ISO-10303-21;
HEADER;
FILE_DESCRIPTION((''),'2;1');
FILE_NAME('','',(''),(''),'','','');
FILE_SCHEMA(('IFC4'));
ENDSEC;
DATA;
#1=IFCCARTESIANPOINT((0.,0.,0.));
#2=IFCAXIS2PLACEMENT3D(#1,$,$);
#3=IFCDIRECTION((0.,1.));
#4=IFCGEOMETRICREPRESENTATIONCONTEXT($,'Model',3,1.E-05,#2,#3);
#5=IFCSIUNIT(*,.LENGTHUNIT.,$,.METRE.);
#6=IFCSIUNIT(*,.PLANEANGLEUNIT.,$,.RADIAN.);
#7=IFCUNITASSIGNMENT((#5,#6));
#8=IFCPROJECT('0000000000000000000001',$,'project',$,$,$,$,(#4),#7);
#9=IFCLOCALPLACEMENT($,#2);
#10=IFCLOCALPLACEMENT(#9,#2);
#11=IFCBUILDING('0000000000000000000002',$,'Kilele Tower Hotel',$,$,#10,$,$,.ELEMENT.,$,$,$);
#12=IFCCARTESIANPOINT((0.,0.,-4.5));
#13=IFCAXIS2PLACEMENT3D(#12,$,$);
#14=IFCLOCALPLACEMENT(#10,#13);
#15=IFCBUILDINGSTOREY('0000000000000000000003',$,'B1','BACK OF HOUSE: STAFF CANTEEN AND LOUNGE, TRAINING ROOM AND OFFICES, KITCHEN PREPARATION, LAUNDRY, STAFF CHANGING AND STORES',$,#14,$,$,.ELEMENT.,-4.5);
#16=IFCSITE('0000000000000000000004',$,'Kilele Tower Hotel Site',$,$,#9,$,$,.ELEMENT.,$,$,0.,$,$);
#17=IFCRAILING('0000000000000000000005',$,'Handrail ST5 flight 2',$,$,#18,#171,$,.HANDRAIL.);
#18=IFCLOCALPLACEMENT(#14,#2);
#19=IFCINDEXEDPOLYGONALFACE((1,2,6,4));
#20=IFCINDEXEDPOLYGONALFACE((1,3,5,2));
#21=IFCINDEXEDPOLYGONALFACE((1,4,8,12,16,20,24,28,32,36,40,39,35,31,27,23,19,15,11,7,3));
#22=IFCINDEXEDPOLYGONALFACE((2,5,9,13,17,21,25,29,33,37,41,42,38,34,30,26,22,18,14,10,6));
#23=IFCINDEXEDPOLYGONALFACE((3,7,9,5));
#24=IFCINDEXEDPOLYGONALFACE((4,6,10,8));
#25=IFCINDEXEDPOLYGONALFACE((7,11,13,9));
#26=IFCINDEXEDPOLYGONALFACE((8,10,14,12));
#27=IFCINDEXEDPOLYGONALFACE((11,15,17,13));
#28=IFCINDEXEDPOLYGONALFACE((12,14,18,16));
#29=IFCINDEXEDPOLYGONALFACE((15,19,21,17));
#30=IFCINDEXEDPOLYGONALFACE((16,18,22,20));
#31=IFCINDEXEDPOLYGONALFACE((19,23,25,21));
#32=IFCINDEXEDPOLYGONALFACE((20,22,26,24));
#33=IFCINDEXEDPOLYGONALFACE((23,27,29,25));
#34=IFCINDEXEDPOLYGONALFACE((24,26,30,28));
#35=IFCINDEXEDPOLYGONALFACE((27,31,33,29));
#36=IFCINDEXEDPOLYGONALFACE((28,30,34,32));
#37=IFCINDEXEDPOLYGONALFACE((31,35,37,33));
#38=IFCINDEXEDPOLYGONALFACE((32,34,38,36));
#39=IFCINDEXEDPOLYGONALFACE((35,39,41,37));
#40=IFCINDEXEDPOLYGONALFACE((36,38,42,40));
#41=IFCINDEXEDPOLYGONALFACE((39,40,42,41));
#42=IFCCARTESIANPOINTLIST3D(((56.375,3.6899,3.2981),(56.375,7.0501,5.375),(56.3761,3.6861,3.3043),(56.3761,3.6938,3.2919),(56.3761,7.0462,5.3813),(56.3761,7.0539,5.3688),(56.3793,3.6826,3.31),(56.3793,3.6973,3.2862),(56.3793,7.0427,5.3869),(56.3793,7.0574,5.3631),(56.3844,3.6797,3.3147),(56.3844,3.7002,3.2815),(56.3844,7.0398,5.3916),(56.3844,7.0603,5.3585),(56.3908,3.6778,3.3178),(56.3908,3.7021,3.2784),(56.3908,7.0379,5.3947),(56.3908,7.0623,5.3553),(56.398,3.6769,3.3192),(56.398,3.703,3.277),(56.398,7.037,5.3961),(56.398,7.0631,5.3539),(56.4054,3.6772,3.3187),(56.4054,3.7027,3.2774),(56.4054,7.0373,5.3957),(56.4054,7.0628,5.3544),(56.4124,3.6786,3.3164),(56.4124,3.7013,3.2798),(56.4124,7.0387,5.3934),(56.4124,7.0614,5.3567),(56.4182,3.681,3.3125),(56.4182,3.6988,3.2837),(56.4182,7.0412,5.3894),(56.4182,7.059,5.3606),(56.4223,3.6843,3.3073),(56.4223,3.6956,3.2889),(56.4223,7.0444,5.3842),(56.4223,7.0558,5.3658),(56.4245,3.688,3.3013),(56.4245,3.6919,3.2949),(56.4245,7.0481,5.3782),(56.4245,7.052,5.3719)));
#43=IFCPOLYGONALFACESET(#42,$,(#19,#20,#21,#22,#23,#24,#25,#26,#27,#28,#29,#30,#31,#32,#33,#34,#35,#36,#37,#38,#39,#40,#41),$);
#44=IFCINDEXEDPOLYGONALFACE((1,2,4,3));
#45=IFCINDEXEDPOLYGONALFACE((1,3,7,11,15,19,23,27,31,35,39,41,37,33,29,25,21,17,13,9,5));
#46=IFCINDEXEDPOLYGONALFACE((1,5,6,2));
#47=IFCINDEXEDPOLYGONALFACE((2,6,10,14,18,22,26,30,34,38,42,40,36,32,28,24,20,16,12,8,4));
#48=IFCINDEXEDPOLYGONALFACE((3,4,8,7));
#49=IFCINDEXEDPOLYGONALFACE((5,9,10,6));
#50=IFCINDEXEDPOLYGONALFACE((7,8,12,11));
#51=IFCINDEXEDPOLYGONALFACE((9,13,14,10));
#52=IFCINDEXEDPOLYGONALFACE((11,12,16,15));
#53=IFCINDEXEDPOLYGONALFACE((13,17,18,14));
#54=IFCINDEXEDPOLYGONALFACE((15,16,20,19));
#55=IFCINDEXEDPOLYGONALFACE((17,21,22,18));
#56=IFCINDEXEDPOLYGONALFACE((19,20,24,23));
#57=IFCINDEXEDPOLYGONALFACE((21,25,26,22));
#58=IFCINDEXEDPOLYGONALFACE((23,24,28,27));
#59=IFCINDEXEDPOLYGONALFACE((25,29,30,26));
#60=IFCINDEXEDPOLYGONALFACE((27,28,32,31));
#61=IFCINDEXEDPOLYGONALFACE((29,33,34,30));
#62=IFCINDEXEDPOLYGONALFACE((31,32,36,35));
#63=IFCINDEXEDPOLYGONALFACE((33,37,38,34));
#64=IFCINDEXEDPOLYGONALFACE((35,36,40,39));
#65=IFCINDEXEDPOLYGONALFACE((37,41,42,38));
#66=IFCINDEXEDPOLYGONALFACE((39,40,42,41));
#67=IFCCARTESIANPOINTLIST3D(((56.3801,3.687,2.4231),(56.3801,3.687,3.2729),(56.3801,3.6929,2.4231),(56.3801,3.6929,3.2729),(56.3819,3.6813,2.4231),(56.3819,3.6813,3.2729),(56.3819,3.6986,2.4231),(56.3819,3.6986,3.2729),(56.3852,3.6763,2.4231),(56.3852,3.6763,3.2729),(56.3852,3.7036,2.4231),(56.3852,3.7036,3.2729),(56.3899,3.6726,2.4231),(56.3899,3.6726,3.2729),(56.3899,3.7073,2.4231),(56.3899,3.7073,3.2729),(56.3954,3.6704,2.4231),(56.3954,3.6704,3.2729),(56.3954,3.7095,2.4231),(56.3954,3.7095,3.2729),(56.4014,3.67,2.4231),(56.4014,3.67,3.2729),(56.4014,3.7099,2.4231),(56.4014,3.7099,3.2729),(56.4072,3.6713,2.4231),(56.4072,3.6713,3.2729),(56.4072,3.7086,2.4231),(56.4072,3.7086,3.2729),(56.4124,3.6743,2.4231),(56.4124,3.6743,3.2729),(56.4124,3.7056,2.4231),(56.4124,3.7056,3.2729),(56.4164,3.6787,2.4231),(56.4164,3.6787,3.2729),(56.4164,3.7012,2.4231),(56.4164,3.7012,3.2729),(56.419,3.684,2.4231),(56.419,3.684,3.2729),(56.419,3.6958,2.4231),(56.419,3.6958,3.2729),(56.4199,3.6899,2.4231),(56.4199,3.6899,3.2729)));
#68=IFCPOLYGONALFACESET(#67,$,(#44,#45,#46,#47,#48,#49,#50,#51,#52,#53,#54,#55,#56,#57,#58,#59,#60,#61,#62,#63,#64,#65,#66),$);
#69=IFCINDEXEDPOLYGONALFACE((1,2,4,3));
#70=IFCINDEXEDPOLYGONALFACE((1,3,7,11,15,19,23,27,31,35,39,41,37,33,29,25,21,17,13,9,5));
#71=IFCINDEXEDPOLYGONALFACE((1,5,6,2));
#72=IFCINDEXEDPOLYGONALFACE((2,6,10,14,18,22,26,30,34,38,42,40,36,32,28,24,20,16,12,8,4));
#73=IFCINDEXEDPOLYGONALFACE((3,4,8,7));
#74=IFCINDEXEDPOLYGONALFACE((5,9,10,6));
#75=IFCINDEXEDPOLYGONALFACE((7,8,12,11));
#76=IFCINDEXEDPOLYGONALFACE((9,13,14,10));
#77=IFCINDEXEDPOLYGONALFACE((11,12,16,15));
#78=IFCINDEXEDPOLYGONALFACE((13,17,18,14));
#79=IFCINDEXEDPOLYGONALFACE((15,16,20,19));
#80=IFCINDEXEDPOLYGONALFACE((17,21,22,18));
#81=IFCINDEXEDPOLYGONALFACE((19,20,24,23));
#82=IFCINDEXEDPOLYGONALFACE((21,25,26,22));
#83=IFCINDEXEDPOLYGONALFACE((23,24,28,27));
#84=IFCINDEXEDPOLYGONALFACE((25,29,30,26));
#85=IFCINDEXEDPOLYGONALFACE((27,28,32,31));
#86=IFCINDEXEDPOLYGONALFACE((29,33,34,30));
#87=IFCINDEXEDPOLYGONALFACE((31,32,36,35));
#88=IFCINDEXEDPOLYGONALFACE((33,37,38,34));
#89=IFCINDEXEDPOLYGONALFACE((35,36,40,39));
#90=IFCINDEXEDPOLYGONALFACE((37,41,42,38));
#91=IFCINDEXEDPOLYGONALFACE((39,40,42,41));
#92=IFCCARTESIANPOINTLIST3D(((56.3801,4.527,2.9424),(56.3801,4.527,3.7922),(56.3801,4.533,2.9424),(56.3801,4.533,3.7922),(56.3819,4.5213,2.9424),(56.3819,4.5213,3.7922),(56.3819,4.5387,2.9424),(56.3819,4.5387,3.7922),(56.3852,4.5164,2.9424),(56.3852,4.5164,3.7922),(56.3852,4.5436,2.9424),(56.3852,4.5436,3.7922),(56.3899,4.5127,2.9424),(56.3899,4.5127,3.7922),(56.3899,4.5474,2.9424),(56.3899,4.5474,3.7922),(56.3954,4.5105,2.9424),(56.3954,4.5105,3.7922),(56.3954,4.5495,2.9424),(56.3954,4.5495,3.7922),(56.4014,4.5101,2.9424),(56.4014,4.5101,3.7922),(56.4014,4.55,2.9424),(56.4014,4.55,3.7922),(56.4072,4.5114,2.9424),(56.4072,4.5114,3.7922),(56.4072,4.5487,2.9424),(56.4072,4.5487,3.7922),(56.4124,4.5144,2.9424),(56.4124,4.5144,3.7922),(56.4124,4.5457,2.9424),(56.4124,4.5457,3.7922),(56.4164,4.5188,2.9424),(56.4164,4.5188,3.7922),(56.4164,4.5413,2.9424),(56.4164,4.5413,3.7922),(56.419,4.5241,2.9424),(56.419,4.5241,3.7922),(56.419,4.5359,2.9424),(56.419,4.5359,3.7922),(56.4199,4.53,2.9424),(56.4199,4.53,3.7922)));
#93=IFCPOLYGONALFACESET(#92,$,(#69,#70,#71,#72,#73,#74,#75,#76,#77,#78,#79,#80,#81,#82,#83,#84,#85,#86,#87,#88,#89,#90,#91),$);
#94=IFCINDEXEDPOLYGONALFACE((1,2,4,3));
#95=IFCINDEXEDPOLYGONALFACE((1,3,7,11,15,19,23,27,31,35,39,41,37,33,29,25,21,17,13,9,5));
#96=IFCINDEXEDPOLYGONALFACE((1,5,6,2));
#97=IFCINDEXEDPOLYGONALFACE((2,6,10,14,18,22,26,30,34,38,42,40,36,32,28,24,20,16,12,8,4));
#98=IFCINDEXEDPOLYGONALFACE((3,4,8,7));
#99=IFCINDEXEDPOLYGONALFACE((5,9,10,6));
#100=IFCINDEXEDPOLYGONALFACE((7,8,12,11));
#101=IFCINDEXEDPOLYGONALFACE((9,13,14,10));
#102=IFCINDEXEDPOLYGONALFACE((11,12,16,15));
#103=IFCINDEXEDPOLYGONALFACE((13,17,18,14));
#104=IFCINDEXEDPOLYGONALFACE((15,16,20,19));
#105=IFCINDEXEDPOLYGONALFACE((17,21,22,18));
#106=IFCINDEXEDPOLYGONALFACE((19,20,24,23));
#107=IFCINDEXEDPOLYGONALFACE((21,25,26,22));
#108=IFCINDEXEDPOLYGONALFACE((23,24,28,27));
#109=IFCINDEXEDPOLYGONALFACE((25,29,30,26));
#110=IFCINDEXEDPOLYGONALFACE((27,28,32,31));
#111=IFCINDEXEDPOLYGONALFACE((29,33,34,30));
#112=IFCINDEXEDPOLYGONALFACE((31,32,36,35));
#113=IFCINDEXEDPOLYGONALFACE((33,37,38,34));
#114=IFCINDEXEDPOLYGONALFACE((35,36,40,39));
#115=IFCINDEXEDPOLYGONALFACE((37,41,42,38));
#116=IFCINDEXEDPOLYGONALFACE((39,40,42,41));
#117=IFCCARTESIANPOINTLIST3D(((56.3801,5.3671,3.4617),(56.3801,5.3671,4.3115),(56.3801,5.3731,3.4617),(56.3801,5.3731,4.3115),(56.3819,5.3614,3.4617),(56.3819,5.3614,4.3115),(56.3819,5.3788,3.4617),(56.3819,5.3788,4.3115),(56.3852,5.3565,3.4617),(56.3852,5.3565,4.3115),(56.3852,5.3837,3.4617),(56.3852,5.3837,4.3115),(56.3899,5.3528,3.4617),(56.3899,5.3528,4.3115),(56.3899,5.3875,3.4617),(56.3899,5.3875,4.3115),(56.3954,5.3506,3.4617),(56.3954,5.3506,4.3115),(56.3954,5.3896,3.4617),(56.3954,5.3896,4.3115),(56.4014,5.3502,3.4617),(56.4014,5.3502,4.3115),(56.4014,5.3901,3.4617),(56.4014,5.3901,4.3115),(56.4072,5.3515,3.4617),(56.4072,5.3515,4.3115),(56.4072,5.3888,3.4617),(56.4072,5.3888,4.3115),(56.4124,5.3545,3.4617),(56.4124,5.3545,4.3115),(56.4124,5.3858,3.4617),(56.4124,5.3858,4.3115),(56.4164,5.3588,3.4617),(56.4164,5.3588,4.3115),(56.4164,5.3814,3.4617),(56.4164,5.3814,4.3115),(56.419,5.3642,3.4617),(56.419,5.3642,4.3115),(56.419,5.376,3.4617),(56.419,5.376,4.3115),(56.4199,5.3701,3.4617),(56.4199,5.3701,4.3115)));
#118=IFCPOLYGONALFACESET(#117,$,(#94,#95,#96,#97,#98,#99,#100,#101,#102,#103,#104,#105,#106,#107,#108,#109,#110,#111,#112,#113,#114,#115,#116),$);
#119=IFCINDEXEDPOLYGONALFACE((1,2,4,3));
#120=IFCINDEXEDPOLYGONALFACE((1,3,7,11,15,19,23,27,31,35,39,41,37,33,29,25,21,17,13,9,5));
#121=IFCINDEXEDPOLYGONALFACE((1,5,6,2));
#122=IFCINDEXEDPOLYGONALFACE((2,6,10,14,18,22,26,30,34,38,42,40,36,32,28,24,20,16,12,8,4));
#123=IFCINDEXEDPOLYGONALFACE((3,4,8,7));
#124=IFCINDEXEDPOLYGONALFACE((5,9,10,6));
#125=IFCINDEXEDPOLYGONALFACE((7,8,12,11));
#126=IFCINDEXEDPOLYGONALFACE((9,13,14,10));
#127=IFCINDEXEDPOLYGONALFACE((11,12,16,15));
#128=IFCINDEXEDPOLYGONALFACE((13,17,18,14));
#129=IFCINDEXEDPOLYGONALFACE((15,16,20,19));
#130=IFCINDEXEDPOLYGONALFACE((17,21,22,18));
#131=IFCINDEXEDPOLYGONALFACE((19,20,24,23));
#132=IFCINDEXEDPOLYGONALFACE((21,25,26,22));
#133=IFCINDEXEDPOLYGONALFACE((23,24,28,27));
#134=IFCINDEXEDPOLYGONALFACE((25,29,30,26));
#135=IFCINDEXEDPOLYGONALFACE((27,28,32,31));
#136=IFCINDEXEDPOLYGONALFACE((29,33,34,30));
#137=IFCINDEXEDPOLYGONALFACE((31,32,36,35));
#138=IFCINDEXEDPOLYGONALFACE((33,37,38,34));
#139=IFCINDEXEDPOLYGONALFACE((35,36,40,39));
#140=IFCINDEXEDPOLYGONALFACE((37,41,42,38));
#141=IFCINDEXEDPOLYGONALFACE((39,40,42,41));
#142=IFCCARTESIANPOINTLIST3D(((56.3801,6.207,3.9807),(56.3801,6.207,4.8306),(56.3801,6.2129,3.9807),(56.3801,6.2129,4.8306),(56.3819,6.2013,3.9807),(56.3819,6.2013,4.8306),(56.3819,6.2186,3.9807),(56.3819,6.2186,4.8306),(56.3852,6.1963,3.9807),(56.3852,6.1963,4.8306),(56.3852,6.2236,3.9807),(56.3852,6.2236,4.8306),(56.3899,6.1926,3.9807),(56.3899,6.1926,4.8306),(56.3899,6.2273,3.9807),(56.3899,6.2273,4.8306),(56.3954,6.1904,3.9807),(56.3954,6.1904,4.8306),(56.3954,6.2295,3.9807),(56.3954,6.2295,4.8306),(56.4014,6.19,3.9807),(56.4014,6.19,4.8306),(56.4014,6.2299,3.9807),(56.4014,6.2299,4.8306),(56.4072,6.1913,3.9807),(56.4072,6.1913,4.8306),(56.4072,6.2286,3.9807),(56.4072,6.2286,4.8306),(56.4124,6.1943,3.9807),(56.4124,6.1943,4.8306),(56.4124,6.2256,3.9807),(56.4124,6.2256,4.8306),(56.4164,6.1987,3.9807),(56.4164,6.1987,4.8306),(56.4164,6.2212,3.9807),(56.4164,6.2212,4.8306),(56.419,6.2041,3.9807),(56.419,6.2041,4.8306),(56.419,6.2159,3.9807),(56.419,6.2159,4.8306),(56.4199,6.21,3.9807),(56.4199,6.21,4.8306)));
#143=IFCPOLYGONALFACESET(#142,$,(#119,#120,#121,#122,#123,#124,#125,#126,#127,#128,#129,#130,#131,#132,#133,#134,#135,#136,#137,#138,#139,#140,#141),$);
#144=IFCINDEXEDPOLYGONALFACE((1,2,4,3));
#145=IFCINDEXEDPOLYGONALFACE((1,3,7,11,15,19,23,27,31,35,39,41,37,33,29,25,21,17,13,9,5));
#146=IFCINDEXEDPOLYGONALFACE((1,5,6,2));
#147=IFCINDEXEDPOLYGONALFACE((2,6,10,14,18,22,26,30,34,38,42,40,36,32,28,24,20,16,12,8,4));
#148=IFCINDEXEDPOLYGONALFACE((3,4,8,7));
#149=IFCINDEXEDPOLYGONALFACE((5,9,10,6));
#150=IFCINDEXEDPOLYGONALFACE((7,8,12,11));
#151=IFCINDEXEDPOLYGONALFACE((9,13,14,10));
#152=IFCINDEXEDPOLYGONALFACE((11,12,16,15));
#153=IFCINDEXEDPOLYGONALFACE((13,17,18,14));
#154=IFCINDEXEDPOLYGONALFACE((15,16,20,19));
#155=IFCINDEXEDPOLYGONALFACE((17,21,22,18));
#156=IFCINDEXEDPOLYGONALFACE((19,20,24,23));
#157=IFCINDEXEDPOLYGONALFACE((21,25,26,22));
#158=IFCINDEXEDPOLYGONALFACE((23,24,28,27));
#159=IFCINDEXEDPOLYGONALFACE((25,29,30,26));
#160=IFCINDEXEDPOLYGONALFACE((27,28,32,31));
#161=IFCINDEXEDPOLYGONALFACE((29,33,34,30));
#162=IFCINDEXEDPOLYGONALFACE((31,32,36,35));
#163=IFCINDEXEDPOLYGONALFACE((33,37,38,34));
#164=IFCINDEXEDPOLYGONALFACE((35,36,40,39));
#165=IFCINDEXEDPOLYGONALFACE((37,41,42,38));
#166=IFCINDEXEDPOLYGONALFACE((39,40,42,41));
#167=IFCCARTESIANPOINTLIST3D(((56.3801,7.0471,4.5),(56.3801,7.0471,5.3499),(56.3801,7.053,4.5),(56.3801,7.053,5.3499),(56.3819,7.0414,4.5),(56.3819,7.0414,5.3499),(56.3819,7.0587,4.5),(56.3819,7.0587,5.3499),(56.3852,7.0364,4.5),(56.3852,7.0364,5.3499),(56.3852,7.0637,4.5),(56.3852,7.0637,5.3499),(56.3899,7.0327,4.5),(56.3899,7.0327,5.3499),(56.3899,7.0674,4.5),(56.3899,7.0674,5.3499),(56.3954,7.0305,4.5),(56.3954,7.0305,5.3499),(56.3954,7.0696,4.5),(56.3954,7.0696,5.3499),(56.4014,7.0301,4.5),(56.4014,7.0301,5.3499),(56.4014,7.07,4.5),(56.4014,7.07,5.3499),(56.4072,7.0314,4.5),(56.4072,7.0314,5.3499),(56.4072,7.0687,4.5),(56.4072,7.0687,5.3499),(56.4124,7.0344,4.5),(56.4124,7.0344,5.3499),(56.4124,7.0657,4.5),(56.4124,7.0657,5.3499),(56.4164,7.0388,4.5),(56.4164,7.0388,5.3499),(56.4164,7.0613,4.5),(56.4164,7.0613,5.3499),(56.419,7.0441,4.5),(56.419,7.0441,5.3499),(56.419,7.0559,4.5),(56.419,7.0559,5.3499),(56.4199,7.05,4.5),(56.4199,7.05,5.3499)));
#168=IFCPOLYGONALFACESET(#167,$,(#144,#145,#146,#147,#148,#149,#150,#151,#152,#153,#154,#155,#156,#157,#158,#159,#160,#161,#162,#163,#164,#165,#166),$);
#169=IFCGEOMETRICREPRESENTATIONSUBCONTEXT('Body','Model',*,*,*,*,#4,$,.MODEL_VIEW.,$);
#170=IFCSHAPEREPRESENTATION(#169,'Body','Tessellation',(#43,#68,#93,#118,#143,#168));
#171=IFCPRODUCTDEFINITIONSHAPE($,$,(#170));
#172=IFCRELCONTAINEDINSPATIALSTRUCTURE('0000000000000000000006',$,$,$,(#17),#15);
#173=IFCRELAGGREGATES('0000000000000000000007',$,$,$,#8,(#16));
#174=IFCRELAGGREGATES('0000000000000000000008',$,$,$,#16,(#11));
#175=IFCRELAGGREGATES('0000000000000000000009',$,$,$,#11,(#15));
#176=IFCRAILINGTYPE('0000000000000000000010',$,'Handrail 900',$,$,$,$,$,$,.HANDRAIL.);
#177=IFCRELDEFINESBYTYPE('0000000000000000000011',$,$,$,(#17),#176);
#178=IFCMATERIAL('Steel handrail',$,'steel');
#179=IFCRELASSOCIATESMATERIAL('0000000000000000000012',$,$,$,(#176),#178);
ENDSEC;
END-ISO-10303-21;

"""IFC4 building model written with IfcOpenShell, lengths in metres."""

from ifc_helpers import new_model, si_unit, direction, frame, origin, origin_2d, place, context, subcontext, project, spatial, circle, extrude, material, type_object, element, save


model = new_model("IFC4")

# Units and contexts
model_context = context("Model", 3, precision=1e-05, world=origin(), true_north=direction((0.0, 1.0)))
body_context = subcontext(model_context, "Body", "Model", "MODEL_VIEW")
ifc_project = project(units=[si_unit("LENGTHUNIT", "METRE"), si_unit("PLANEANGLEUNIT", "RADIAN")], contexts=[model_context])

# Site, building, storey
site_placement = place(None, origin())
site = spatial("IfcSite", under=ifc_project, at=site_placement, Name="Kilele Tower Hotel Site", CompositionType="ELEMENT", RefElevation=0.0)
building_placement = place(site_placement, origin())
building = spatial("IfcBuilding", under=site, at=building_placement, Name="Kilele Tower Hotel", CompositionType="ELEMENT")
storey_placement = place(building_placement, frame((0.0, 0.0, -4.5)))
storey = spatial("IfcBuildingStorey", under=building, at=storey_placement, Name="B1", Description="BACK OF HOUSE: STAFF CANTEEN AND LOUNGE, TRAINING ROOM AND OFFICES, KITCHEN PREPARATION, LAUNDRY, STAFF CHANGING AND STORES", CompositionType="ELEMENT", Elevation=-4.5)

# Railing
ifc_material_1 = material(Name="Steel handrail", Category="steel")
railing_type_1 = type_object("IfcRailingType", Name="Handrail 900", PredefinedType="HANDRAIL", material=ifc_material_1)
for number, where, name in (
    (1, (56.3999, 3.6899, 2.4231), "Handrail ST5 flight 2"),
):
    element("IfcRailing", number, at=place(storey_placement, frame(where)), inside=storey, type_object=railing_type_1, Name=name, PredefinedType="HANDRAIL", context=body_context, shape_type="SweptSolid", body=[
        extrude(circle(Radius=0.0249, at=origin_2d()), frame((0.0, 0.0, 0.875), z_axis=(0.0, 0.850623, 0.525776), x_axis=(-1.0, 0.0, 0.0)), (0.0, 0.0, 1.0), 3.9502),
        extrude(circle(Radius=0.02, at=origin_2d()), origin(), (0.0, 0.0, 1.0), 0.8499),
        extrude(circle(Radius=0.02, at=origin_2d()), frame((0.0, 0.8401, 0.5193)), (0.0, 0.0, 1.0), 0.8499),
        extrude(circle(Radius=0.02, at=origin_2d()), frame((0.0, 1.6802, 1.0386)), (0.0, 0.0, 1.0), 0.8499),
        extrude(circle(Radius=0.02, at=origin_2d()), frame((0.0, 2.52, 1.5576)), (0.0, 0.0, 1.0), 0.8499),
        extrude(circle(Radius=0.02, at=origin_2d()), frame((0.0, 3.3601, 2.0769)), (0.0, 0.0, 1.0), 0.8499),
    ])

save(model, "model.ifc")
